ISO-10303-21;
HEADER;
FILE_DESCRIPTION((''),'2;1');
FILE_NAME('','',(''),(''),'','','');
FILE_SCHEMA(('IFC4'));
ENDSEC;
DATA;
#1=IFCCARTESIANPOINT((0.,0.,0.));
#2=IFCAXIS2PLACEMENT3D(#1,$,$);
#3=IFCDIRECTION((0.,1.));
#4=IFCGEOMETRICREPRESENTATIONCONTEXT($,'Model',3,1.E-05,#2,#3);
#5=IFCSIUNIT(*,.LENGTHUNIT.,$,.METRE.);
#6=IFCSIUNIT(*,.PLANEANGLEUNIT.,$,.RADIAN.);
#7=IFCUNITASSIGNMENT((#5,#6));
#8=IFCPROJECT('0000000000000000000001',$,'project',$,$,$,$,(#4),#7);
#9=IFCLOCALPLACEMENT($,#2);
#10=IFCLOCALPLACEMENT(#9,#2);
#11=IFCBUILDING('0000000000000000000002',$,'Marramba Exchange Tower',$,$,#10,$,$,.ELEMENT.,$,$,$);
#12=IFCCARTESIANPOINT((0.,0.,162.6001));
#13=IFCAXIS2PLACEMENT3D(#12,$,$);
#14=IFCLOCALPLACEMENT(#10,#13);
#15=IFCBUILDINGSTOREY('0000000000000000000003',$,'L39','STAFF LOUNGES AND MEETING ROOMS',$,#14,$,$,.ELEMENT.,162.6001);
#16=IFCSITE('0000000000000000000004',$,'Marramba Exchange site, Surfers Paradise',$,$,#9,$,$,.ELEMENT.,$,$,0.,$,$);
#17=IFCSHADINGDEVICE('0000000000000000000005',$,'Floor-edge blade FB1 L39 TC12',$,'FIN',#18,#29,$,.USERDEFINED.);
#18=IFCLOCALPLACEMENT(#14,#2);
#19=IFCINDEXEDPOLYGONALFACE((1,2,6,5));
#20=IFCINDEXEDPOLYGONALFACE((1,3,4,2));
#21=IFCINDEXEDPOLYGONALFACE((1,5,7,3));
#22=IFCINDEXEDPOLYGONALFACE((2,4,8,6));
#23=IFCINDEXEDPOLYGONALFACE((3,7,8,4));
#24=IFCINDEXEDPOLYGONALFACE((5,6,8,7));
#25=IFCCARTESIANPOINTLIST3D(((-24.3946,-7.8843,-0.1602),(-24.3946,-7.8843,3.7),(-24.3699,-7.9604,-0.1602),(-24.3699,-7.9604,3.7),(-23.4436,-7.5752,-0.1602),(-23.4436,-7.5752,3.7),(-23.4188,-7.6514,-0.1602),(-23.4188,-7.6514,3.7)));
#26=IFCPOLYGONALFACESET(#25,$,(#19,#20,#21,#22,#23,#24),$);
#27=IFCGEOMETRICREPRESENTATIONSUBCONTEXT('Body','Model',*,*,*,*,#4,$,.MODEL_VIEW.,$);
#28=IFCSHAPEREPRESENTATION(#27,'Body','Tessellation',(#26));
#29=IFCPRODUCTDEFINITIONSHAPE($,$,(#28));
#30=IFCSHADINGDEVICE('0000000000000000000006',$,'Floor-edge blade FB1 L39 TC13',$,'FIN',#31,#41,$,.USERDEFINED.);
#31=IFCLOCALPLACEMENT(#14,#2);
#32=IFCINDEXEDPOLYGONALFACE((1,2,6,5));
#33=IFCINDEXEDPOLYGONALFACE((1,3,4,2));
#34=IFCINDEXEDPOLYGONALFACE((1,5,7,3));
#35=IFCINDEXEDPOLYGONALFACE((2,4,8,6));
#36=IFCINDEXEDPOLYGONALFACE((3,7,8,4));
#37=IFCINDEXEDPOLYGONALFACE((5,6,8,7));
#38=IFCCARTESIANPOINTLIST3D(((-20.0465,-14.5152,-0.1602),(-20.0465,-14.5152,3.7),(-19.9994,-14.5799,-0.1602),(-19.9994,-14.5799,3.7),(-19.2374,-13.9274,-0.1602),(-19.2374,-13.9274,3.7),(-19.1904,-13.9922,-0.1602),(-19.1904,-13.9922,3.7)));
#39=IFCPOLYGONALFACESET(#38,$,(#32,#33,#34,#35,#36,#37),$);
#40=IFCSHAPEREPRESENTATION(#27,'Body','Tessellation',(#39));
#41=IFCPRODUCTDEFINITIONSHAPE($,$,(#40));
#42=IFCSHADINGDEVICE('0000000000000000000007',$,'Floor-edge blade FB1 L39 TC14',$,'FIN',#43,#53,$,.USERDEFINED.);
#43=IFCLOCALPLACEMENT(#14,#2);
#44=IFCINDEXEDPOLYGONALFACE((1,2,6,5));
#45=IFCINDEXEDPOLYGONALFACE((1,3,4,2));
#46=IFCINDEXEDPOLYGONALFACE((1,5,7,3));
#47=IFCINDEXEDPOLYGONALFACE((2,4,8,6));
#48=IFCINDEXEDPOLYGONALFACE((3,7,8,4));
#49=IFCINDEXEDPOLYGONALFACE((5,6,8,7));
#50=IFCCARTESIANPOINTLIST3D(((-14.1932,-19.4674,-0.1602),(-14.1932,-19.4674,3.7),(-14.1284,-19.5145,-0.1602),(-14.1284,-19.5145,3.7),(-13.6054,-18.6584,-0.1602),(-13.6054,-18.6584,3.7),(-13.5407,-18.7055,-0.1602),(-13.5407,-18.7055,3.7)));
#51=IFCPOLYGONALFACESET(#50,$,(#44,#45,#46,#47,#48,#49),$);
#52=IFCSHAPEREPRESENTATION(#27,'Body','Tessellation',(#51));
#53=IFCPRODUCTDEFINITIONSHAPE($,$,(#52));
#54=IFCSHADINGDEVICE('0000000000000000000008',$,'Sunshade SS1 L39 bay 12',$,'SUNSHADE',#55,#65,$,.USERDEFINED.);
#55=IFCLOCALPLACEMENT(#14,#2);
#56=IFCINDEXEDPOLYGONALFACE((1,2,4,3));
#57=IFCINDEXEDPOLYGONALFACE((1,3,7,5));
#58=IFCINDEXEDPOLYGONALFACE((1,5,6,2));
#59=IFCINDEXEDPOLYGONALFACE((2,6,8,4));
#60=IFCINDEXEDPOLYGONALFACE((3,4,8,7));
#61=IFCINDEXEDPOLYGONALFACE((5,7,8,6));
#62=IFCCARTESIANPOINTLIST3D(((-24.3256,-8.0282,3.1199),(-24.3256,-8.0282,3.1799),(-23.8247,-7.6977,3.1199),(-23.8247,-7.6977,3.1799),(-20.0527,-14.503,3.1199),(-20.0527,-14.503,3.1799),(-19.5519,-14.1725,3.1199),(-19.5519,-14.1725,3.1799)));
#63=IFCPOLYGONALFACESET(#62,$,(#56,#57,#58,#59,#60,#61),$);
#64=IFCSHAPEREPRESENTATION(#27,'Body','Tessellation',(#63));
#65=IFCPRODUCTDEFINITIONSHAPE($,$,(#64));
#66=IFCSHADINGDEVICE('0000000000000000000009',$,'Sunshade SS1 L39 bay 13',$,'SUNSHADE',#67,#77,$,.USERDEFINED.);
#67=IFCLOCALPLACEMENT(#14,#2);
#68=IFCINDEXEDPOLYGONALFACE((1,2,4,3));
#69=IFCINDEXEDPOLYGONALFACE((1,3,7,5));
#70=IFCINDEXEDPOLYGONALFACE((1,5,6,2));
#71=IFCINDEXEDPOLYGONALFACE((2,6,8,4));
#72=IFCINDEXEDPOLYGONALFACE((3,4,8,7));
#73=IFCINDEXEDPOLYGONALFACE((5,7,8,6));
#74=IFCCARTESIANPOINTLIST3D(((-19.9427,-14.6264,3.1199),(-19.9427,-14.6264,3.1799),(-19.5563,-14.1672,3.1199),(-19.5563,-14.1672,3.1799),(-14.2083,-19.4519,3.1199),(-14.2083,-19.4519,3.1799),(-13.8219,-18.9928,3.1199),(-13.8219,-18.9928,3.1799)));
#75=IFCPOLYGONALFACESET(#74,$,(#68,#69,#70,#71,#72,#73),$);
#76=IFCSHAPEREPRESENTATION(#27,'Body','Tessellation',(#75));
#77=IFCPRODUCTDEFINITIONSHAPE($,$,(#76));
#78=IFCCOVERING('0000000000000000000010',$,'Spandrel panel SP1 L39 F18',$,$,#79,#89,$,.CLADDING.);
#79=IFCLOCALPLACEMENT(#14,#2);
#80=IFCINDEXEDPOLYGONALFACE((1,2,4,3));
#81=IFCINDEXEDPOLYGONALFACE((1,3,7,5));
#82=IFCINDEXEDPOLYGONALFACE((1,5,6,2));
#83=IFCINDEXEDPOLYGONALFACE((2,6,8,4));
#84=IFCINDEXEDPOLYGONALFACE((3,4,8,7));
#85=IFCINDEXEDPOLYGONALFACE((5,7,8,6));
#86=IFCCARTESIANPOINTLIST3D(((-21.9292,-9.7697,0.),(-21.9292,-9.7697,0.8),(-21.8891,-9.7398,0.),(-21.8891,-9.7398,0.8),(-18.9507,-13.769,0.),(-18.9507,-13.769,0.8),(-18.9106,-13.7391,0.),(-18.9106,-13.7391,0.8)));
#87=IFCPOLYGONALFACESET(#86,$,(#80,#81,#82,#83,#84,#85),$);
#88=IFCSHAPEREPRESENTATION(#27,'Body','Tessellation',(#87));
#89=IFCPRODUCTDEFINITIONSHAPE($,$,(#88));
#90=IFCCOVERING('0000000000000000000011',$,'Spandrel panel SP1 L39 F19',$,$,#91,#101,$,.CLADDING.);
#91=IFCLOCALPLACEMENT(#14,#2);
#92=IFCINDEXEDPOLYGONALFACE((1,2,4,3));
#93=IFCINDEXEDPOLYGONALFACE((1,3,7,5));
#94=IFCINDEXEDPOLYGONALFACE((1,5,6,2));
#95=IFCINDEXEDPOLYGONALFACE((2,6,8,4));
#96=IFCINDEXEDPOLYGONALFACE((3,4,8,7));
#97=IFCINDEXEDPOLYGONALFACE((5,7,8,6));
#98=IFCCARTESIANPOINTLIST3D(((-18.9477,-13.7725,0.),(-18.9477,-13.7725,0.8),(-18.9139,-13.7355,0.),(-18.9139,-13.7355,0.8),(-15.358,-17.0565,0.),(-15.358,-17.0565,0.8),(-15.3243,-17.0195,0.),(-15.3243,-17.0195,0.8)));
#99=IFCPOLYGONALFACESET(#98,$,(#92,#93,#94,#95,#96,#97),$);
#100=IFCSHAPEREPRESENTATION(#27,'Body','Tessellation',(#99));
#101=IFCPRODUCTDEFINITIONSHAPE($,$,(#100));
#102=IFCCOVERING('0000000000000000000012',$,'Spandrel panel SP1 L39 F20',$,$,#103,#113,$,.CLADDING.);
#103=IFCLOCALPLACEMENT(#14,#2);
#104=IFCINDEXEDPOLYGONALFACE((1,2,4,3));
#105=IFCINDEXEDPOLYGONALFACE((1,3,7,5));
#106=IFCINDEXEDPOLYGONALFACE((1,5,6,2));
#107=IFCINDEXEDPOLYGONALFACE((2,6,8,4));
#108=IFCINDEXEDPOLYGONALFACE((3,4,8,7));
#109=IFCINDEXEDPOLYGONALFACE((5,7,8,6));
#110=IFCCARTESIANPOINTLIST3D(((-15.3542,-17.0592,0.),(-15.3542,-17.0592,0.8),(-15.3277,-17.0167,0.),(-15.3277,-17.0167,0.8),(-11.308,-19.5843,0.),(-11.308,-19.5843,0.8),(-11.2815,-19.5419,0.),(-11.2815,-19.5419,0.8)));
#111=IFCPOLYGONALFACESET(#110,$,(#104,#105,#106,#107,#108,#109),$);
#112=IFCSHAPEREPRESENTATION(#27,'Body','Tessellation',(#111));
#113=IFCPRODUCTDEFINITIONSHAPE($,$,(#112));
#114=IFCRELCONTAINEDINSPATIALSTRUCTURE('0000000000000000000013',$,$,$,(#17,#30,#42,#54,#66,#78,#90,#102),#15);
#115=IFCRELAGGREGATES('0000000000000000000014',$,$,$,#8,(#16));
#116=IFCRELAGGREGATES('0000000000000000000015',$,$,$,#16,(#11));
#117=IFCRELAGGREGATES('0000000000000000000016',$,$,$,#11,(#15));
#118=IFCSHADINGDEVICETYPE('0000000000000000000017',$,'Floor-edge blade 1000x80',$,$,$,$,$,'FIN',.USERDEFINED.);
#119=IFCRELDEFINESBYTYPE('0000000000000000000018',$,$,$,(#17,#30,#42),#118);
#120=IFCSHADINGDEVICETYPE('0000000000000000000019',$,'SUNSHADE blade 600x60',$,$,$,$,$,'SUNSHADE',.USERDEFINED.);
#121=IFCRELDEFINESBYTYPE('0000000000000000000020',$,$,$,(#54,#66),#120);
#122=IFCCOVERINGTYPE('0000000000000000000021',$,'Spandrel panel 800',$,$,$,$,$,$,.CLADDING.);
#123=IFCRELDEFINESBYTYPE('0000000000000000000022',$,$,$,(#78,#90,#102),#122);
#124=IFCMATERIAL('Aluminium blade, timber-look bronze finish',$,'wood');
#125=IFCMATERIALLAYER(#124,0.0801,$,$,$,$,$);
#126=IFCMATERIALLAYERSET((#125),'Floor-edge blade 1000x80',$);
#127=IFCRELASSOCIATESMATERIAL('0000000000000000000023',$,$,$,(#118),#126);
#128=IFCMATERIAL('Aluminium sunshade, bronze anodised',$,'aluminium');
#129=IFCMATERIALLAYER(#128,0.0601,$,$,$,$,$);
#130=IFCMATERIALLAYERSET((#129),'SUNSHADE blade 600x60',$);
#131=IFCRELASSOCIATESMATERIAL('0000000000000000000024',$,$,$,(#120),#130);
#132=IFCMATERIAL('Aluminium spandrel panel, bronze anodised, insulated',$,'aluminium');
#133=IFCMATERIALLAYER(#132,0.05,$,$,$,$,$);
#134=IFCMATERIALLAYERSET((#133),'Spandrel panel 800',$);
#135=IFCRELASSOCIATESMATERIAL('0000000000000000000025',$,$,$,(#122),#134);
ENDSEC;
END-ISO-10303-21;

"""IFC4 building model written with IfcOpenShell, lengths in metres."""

from ifc_helpers import new_model, si_unit, direction, frame, origin, origin_2d, place, context, subcontext, project, spatial, rectangle, extrude, material, layer, layer_set, type_object, element, save


model = new_model("IFC4")

# Units and contexts
model_context = context("Model", 3, precision=1e-05, world=origin(), true_north=direction((0.0, 1.0)))
body_context = subcontext(model_context, "Body", "Model", "MODEL_VIEW")
ifc_project = project(units=[si_unit("LENGTHUNIT", "METRE"), si_unit("PLANEANGLEUNIT", "RADIAN")], contexts=[model_context])

# Site, building, storey
site_placement = place(None, origin())
site = spatial("IfcSite", under=ifc_project, at=site_placement, Name="Marramba Exchange site, Surfers Paradise", CompositionType="ELEMENT", RefElevation=0.0)
building_placement = place(site_placement, origin())
building = spatial("IfcBuilding", under=site, at=building_placement, Name="Marramba Exchange Tower", CompositionType="ELEMENT")
storey_placement = place(building_placement, frame((0.0, 0.0, 162.6001)))
storey = spatial("IfcBuildingStorey", under=building, at=storey_placement, Name="L39", Description="STAFF LOUNGES AND MEETING ROOMS", CompositionType="ELEMENT", Elevation=162.6001)

# Shading devices
ifc_material_1 = material(Name="Aluminium blade, timber-look bronze finish", Category="wood")
ifc_layer_1 = layer(ifc_material_1, 0.0801)
ifc_layer_set_1 = layer_set([ifc_layer_1], Name="Floor-edge blade 1000x80")
shading_device_type_1 = type_object("IfcShadingDeviceType", Name="Floor-edge blade 1000x80", ElementType="FIN", PredefinedType="USERDEFINED", material=ifc_layer_set_1)
for number, where, z_axis, x_axis, name in (
    (1, (-23.9067, -7.7678, -0.1602), (0.0, 0.0, 1.0), (-0.951057, -0.309017, 0.0), "Floor-edge blade FB1 L39 TC12"),
    (2, (-19.6184, -14.2537, -0.1602), (0.0, 0.0, 1.0), (-0.809017, -0.587785, 0.0), "Floor-edge blade FB1 L39 TC13"),
    (3, (-13.8669, -19.0864, -0.1602), (0.0, 0.0, 1.0), (-0.587785, -0.809017, 0.0), "Floor-edge blade FB1 L39 TC14"),
):
    element("IfcShadingDevice", number, at=place(storey_placement, frame(where, z_axis=z_axis, x_axis=x_axis)), inside=storey, type_object=shading_device_type_1, Name=name, ObjectType="FIN", PredefinedType="USERDEFINED", context=body_context, shape_type="SweptSolid", body=[
        extrude(rectangle(XDim=1.0, YDim=0.0801, at=origin_2d()), origin(), (0.0, 0.0, 1.0), 3.8601),
    ])
ifc_material_2 = material(Name="Aluminium sunshade, bronze anodised", Category="aluminium")
ifc_layer_2 = layer(ifc_material_2, 0.0601)
ifc_layer_set_2 = layer_set([ifc_layer_2], Name="SUNSHADE blade 600x60")
shading_device_type_2 = type_object("IfcShadingDeviceType", Name="SUNSHADE blade 600x60", ElementType="SUNSHADE", PredefinedType="USERDEFINED", material=ifc_layer_set_2)
shading_device_1_placement = place(storey_placement, frame((-21.9387, -11.1003, 3.1199), z_axis=(0.0, 0.0, 1.0), x_axis=(0.550792, -0.834642, 0.0)))
element("IfcShadingDevice", 4, at=shading_device_1_placement, inside=storey, type_object=shading_device_type_2, Name="Sunshade SS1 L39 bay 12", ObjectType="SUNSHADE", PredefinedType="USERDEFINED", context=body_context, shape_type="SweptSolid", body=[
    extrude(rectangle(XDim=7.7576, YDim=0.6001, at=origin_2d()), origin(), (0.0, 0.0, 1.0), 0.0601),
])
shading_device_2_placement = place(storey_placement, frame((-16.8823, -16.8096, 3.1199), z_axis=(0.0, 0.0, 1.0), x_axis=(0.765139, -0.643866, 0.0)))
element("IfcShadingDevice", 5, at=shading_device_2_placement, inside=storey, type_object=shading_device_type_2, Name="Sunshade SS1 L39 bay 13", ObjectType="SUNSHADE", PredefinedType="USERDEFINED", context=body_context, shape_type="SweptSolid", body=[
    extrude(rectangle(XDim=7.4946, YDim=0.6001, at=origin_2d()), origin(), (0.0, 0.0, 1.0), 0.0601),
])

# Coverings
ifc_material_3 = material(Name="Aluminium spandrel panel, bronze anodised, insulated", Category="aluminium")
ifc_layer_3 = layer(ifc_material_3, 0.05)
ifc_layer_set_3 = layer_set([ifc_layer_3], Name="Spandrel panel 800")
covering_type = type_object("IfcCoveringType", Name="Spandrel panel 800", PredefinedType="CLADDING", material=ifc_layer_set_3)
covering_1_placement = place(storey_placement, frame((-20.4199, -11.7544, 0.0), z_axis=(0.0, 0.0, 1.0), x_axis=(0.597305, -0.802014, 0.0)))
element("IfcCovering", 6, at=covering_1_placement, inside=storey, type_object=covering_type, Name="Spandrel panel SP1 L39 F18", PredefinedType="CLADDING", context=body_context, shape_type="SweptSolid", body=[
    extrude(rectangle(XDim=4.9866, YDim=0.05, at=origin_2d()), origin(), (0.0, 0.0, 1.0), 0.8),
])
covering_2_placement = place(storey_placement, frame((-17.136, -15.396, 0.0), z_axis=(0.0, 0.0, 1.0), x_axis=(0.737822, -0.674995, 0.0)))
element("IfcCovering", 7, at=covering_2_placement, inside=storey, type_object=covering_type, Name="Spandrel panel SP1 L39 F19", PredefinedType="CLADDING", context=body_context, shape_type="SweptSolid", body=[
    extrude(rectangle(XDim=4.8652, YDim=0.05, at=origin_2d()), origin(), (0.0, 0.0, 1.0), 0.8),
])
covering_3_placement = place(storey_placement, frame((-13.3179, -18.3005, 0.0), z_axis=(0.0, 0.0, 1.0), x_axis=(0.848355, -0.529428, 0.0)))
element("IfcCovering", 8, at=covering_3_placement, inside=storey, type_object=covering_type, Name="Spandrel panel SP1 L39 F20", PredefinedType="CLADDING", context=body_context, shape_type="SweptSolid", body=[
    extrude(rectangle(XDim=4.7695, YDim=0.05, at=origin_2d()), origin(), (0.0, 0.0, 1.0), 0.8),
])

save(model, "model.ifc")
